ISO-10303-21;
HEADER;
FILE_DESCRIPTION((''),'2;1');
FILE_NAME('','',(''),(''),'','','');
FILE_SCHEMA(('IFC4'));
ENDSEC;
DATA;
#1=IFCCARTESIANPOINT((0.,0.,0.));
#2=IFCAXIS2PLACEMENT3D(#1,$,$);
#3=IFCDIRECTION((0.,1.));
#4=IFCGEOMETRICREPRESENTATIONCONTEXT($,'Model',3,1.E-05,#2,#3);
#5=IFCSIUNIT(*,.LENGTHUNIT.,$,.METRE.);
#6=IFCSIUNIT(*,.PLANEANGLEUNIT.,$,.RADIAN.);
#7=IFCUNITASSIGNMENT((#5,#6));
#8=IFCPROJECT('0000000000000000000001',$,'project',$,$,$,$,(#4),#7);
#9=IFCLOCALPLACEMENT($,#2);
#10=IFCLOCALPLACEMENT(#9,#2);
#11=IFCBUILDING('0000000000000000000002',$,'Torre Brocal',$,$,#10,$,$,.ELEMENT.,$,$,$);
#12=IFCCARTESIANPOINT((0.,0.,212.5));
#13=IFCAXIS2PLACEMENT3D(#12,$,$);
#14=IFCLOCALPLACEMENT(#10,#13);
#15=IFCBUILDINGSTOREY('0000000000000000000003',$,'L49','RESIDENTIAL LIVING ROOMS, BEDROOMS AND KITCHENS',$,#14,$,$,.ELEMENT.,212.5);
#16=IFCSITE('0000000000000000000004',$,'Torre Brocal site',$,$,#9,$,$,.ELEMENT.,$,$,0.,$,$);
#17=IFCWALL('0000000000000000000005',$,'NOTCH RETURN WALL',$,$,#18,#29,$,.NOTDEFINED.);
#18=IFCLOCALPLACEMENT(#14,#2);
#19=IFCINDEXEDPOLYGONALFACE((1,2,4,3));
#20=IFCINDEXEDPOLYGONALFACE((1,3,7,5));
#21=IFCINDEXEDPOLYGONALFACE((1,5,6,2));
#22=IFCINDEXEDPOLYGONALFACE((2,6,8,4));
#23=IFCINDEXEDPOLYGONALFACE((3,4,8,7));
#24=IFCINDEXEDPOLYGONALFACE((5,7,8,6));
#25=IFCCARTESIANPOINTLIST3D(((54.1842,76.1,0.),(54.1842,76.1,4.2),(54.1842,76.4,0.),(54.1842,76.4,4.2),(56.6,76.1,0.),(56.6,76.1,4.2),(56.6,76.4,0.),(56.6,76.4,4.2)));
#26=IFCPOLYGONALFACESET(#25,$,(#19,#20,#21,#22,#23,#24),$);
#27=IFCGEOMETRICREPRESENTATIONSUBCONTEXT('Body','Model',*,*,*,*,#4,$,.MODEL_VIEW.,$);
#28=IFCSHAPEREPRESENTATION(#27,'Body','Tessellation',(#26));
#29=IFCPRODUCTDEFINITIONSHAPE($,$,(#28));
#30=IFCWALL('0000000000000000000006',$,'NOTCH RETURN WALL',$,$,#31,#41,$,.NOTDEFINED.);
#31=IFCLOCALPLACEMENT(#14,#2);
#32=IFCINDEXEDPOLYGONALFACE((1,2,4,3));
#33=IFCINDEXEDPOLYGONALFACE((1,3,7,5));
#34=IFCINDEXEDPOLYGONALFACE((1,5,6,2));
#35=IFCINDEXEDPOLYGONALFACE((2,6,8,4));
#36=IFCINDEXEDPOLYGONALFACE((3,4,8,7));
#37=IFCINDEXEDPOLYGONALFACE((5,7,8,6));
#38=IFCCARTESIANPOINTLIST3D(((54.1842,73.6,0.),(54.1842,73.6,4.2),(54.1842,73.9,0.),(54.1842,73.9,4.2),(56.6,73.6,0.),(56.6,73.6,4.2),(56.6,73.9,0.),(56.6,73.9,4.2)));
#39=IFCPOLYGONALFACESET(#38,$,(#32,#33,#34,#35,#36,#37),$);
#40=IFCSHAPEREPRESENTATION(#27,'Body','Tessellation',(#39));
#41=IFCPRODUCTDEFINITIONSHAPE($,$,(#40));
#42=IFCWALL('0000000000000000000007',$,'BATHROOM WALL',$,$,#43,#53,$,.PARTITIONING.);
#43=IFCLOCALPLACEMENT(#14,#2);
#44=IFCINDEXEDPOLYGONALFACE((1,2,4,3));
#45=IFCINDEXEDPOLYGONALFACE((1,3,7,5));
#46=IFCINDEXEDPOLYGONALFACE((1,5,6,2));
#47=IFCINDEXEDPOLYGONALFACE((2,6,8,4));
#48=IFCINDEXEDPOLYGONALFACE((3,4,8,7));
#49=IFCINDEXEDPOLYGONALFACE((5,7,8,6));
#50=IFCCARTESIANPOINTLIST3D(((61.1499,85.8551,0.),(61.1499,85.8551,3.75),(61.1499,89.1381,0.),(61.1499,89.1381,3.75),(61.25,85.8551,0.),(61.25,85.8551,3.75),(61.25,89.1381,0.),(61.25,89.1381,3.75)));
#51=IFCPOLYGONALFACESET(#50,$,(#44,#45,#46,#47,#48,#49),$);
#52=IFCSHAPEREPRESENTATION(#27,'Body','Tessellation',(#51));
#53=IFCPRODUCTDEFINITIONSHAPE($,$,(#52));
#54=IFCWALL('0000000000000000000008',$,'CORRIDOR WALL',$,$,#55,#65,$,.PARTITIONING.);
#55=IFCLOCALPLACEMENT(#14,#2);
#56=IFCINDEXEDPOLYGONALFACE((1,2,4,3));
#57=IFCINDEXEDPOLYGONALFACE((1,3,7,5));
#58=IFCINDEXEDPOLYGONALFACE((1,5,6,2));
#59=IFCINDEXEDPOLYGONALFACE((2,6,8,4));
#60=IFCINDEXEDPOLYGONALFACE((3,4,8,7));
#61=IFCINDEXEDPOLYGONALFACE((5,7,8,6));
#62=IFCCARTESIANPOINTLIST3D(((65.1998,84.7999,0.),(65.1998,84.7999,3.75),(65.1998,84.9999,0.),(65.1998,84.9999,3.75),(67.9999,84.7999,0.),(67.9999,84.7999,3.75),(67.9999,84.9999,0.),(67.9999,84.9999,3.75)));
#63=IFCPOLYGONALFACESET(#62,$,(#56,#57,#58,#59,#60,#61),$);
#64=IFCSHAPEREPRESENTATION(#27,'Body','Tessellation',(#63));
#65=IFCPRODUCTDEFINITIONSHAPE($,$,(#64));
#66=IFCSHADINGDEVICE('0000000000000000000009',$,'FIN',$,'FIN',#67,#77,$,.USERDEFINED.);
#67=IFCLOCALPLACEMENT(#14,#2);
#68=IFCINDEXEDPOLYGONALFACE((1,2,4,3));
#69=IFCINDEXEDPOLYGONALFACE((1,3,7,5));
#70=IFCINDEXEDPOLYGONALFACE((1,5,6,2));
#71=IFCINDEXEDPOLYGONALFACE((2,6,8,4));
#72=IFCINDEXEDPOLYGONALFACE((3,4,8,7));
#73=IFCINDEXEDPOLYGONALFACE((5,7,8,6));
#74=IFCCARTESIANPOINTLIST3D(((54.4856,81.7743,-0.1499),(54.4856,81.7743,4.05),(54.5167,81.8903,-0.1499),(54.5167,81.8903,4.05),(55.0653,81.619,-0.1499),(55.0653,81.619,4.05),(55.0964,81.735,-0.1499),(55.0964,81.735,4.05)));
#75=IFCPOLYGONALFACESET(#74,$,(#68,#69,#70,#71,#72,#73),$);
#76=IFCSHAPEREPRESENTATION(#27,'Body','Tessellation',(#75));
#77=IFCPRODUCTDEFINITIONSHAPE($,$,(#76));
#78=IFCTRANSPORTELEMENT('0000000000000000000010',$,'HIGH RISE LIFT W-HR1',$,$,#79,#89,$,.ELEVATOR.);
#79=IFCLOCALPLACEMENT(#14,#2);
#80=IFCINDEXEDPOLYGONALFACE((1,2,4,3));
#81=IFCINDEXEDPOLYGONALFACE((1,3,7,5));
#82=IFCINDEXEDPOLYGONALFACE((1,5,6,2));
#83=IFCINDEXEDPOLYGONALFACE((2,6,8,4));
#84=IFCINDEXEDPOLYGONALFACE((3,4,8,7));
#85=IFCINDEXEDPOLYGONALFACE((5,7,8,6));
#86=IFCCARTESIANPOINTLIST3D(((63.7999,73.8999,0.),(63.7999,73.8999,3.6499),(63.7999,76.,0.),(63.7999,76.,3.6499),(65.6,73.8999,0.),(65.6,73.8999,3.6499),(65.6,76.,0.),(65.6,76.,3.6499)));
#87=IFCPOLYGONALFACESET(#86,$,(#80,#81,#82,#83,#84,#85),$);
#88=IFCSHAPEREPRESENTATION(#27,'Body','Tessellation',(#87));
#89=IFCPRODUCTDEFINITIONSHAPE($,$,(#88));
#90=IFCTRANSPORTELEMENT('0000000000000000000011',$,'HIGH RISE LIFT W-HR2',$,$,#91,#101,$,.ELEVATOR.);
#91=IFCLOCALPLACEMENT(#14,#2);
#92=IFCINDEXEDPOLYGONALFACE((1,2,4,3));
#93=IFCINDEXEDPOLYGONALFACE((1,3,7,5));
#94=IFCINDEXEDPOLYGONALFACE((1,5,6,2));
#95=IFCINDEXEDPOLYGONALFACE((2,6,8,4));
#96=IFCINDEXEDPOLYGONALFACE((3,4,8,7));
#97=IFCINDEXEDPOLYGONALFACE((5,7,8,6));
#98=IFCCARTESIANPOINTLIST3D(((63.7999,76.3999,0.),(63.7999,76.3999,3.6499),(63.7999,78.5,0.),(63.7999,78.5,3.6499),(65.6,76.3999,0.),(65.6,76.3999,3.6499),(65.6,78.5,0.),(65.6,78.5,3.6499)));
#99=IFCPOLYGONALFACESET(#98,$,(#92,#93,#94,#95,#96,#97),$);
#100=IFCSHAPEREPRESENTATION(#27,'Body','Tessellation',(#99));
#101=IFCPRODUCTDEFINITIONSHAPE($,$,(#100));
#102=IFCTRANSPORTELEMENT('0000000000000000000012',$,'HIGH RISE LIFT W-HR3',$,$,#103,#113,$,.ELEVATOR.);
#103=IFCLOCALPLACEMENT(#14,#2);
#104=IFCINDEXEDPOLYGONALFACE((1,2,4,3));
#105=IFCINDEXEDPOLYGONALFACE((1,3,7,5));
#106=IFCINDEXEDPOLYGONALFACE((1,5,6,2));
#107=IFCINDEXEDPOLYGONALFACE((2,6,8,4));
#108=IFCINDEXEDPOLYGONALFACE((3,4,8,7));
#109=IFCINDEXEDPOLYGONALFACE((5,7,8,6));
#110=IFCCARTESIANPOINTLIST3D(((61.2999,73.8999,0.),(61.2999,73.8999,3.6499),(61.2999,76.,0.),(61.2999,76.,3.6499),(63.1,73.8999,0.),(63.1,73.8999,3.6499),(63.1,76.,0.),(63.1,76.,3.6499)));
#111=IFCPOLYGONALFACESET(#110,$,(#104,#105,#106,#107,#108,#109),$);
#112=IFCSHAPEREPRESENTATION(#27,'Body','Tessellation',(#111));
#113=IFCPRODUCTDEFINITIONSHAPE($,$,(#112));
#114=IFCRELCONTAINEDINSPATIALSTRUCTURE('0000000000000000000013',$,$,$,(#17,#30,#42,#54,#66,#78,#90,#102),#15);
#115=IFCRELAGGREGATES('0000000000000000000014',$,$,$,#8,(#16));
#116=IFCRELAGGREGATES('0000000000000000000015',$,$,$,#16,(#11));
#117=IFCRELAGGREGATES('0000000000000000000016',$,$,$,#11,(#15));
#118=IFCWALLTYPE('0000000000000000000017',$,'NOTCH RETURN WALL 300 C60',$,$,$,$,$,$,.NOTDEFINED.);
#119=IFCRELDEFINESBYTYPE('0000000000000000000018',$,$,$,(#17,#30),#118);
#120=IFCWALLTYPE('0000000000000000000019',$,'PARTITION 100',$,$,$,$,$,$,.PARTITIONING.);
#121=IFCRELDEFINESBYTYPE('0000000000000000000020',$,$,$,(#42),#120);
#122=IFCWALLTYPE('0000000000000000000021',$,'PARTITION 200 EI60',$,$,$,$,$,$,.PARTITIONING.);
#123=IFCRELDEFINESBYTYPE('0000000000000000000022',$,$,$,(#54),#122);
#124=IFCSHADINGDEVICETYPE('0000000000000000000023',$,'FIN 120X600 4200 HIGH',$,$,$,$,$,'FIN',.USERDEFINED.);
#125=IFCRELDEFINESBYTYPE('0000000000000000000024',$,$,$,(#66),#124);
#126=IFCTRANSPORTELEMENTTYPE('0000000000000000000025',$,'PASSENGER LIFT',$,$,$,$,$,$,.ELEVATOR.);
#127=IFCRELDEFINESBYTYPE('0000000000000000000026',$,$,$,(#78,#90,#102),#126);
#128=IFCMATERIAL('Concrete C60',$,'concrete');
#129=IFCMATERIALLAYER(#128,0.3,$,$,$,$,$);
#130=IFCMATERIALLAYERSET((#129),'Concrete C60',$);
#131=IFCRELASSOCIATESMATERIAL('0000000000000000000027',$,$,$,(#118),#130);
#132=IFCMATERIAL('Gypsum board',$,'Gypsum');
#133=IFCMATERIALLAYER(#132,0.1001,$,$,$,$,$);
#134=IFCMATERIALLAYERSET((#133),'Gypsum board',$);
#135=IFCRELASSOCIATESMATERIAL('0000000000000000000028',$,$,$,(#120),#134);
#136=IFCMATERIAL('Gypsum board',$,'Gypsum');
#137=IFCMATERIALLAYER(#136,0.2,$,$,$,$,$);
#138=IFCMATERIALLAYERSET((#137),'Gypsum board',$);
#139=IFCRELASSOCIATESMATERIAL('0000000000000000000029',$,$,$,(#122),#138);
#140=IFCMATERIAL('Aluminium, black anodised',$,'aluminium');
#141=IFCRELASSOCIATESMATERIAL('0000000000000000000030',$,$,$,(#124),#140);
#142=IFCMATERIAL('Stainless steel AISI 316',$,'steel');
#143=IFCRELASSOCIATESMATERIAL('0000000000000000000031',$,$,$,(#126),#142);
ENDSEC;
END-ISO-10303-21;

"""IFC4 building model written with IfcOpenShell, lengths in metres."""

from ifc_helpers import new_model, si_unit, direction, frame, frame_2d, origin, origin_2d, place, context, subcontext, project, spatial, rectangle, extrude, material, layer, layer_set, material_profile, profile_set, type_object, element, save


model = new_model("IFC4")

# Units and contexts
model_context = context("Model", 3, precision=1e-05, world=origin(), true_north=direction((0.0, 1.0)))
body_context = subcontext(model_context, "Body", "Model", "MODEL_VIEW")
ifc_project = project(units=[si_unit("LENGTHUNIT", "METRE"), si_unit("PLANEANGLEUNIT", "RADIAN")], contexts=[model_context])

# Site, building, storey
site_placement = place(None, origin())
site = spatial("IfcSite", under=ifc_project, at=site_placement, Name="Torre Brocal site", CompositionType="ELEMENT", RefElevation=0.0)
building_placement = place(site_placement, origin())
building = spatial("IfcBuilding", under=site, at=building_placement, Name="Torre Brocal", CompositionType="ELEMENT")
storey_placement = place(building_placement, frame((0.0, 0.0, 212.5)))
storey = spatial("IfcBuildingStorey", under=building, at=storey_placement, Name="L49", Description="RESIDENTIAL LIVING ROOMS, BEDROOMS AND KITCHENS", CompositionType="ELEMENT", Elevation=212.5)

# Walls
ifc_material_1 = material(Name="Concrete C60", Category="concrete")
ifc_layer_1 = layer(ifc_material_1, 0.3)
ifc_layer_set_1 = layer_set([ifc_layer_1], Name="Concrete C60")
wall_type_1 = type_object("IfcWallType", Name="NOTCH RETURN WALL 300 C60", PredefinedType="NOTDEFINED", material=ifc_layer_set_1)
for number, where, z_axis, x_axis, name in (
    (1, (56.6001, 76.25, 0.0), (0.0, 0.0, 1.0), (-1.0, 0.0, 0.0), "NOTCH RETURN WALL"),
    (2, (56.6001, 73.75, 0.0), (0.0, 0.0, 1.0), (-1.0, 0.0, 0.0), "NOTCH RETURN WALL"),
):
    element("IfcWall", number, at=place(storey_placement, frame(where, z_axis=z_axis, x_axis=x_axis)), inside=storey, type_object=wall_type_1, Name=name, PredefinedType="NOTDEFINED", context=body_context, shape_type="SweptSolid", body=[
        extrude(rectangle(XDim=2.4158, YDim=0.3, at=frame_2d((1.208, 0.0))), origin(), (0.0, 0.0, 1.0), 4.2),
    ])
ifc_material_2 = material(Name="Gypsum board", Category="Gypsum")
ifc_layer_2 = layer(ifc_material_2, 0.1001)
ifc_layer_set_2 = layer_set([ifc_layer_2], Name="Gypsum board")
wall_type_2 = type_object("IfcWallType", Name="PARTITION 100", PredefinedType="PARTITIONING", material=ifc_layer_set_2)
wall_1_placement = place(storey_placement, frame((61.2, 85.855, 0.0), z_axis=(0.0, 0.0, 1.0), x_axis=(0.0, 1.0, 0.0)))
element("IfcWall", 3, at=wall_1_placement, inside=storey, type_object=wall_type_2, Name="BATHROOM WALL", PredefinedType="PARTITIONING", context=body_context, shape_type="SweptSolid", body=[
    extrude(rectangle(XDim=3.283, YDim=0.1001, at=frame_2d((1.6416, 0.0))), origin(), (0.0, 0.0, 1.0), 3.75),
])
ifc_material_3 = material(Name="Gypsum board", Category="Gypsum")
ifc_layer_3 = layer(ifc_material_3, 0.2)
ifc_layer_set_3 = layer_set([ifc_layer_3], Name="Gypsum board")
wall_type_3 = type_object("IfcWallType", Name="PARTITION 200 EI60", PredefinedType="PARTITIONING", material=ifc_layer_set_3)
wall_2_placement = place(storey_placement, frame((65.2, 84.8999, 0.0), z_axis=(0.0, 0.0, 1.0), x_axis=(1.0, 0.0, 0.0)))
element("IfcWall", 4, at=wall_2_placement, inside=storey, type_object=wall_type_3, Name="CORRIDOR WALL", PredefinedType="PARTITIONING", context=body_context, shape_type="SweptSolid", body=[
    extrude(rectangle(XDim=2.8, YDim=0.2, at=frame_2d((1.3999, 0.0))), origin(), (0.0, 0.0, 1.0), 3.75),
])

# Shading device
ifc_material_4 = material(Name="Aluminium, black anodised", Category="aluminium")
ifc_material_profile_1 = material_profile(ifc_material_4, rectangle(XDim=0.1201, YDim=0.6001, at=origin_2d()), Name="FIN 120X600 4200 HIGH")
ifc_profile_set_1 = profile_set([ifc_material_profile_1], Name="Aluminium, black anodised")
shading_device_type = type_object("IfcShadingDeviceType", Name="FIN 120X600 4200 HIGH", ElementType="FIN", PredefinedType="USERDEFINED", material=ifc_profile_set_1)
shading_device_placement = place(storey_placement, frame((54.791, 81.7546, -0.1499), z_axis=(0.0, 0.0, 1.0), x_axis=(-0.258819, -0.965926, 0.0)))
element("IfcShadingDevice", 5, at=shading_device_placement, inside=storey, type_object=shading_device_type, Name="FIN", ObjectType="FIN", PredefinedType="USERDEFINED", context=body_context, shape_type="SweptSolid", body=[
    extrude(rectangle(XDim=0.1201, YDim=0.6001, at=origin_2d()), origin(), (0.0, 0.0, 1.0), 4.2),
])

# Transport elements
ifc_material_5 = material(Name="Stainless steel AISI 316", Category="steel")
transport_element_type = type_object("IfcTransportElementType", Name="PASSENGER LIFT", PredefinedType="ELEVATOR", material=ifc_material_5)
for number, where, z_axis, x_axis, name in (
    (6, (64.7, 74.95, 0.0), (0.0, 0.0, 1.0), (1.0, 0.0, 0.0), "HIGH RISE LIFT W-HR1"),
    (7, (64.7, 77.45, 0.0), (0.0, 0.0, 1.0), (1.0, 0.0, 0.0), "HIGH RISE LIFT W-HR2"),
    (8, (62.2, 74.95, 0.0), (0.0, 0.0, 1.0), (1.0, 0.0, 0.0), "HIGH RISE LIFT W-HR3"),
):
    element("IfcTransportElement", number, at=place(storey_placement, frame(where, z_axis=z_axis, x_axis=x_axis)), inside=storey, type_object=transport_element_type, Name=name, PredefinedType="ELEVATOR", context=body_context, shape_type="SweptSolid", body=[
        extrude(rectangle(XDim=1.8, YDim=2.1001, at=origin_2d()), origin(), (0.0, 0.0, 1.0), 3.6499),
    ])

save(model, "model.ifc")
